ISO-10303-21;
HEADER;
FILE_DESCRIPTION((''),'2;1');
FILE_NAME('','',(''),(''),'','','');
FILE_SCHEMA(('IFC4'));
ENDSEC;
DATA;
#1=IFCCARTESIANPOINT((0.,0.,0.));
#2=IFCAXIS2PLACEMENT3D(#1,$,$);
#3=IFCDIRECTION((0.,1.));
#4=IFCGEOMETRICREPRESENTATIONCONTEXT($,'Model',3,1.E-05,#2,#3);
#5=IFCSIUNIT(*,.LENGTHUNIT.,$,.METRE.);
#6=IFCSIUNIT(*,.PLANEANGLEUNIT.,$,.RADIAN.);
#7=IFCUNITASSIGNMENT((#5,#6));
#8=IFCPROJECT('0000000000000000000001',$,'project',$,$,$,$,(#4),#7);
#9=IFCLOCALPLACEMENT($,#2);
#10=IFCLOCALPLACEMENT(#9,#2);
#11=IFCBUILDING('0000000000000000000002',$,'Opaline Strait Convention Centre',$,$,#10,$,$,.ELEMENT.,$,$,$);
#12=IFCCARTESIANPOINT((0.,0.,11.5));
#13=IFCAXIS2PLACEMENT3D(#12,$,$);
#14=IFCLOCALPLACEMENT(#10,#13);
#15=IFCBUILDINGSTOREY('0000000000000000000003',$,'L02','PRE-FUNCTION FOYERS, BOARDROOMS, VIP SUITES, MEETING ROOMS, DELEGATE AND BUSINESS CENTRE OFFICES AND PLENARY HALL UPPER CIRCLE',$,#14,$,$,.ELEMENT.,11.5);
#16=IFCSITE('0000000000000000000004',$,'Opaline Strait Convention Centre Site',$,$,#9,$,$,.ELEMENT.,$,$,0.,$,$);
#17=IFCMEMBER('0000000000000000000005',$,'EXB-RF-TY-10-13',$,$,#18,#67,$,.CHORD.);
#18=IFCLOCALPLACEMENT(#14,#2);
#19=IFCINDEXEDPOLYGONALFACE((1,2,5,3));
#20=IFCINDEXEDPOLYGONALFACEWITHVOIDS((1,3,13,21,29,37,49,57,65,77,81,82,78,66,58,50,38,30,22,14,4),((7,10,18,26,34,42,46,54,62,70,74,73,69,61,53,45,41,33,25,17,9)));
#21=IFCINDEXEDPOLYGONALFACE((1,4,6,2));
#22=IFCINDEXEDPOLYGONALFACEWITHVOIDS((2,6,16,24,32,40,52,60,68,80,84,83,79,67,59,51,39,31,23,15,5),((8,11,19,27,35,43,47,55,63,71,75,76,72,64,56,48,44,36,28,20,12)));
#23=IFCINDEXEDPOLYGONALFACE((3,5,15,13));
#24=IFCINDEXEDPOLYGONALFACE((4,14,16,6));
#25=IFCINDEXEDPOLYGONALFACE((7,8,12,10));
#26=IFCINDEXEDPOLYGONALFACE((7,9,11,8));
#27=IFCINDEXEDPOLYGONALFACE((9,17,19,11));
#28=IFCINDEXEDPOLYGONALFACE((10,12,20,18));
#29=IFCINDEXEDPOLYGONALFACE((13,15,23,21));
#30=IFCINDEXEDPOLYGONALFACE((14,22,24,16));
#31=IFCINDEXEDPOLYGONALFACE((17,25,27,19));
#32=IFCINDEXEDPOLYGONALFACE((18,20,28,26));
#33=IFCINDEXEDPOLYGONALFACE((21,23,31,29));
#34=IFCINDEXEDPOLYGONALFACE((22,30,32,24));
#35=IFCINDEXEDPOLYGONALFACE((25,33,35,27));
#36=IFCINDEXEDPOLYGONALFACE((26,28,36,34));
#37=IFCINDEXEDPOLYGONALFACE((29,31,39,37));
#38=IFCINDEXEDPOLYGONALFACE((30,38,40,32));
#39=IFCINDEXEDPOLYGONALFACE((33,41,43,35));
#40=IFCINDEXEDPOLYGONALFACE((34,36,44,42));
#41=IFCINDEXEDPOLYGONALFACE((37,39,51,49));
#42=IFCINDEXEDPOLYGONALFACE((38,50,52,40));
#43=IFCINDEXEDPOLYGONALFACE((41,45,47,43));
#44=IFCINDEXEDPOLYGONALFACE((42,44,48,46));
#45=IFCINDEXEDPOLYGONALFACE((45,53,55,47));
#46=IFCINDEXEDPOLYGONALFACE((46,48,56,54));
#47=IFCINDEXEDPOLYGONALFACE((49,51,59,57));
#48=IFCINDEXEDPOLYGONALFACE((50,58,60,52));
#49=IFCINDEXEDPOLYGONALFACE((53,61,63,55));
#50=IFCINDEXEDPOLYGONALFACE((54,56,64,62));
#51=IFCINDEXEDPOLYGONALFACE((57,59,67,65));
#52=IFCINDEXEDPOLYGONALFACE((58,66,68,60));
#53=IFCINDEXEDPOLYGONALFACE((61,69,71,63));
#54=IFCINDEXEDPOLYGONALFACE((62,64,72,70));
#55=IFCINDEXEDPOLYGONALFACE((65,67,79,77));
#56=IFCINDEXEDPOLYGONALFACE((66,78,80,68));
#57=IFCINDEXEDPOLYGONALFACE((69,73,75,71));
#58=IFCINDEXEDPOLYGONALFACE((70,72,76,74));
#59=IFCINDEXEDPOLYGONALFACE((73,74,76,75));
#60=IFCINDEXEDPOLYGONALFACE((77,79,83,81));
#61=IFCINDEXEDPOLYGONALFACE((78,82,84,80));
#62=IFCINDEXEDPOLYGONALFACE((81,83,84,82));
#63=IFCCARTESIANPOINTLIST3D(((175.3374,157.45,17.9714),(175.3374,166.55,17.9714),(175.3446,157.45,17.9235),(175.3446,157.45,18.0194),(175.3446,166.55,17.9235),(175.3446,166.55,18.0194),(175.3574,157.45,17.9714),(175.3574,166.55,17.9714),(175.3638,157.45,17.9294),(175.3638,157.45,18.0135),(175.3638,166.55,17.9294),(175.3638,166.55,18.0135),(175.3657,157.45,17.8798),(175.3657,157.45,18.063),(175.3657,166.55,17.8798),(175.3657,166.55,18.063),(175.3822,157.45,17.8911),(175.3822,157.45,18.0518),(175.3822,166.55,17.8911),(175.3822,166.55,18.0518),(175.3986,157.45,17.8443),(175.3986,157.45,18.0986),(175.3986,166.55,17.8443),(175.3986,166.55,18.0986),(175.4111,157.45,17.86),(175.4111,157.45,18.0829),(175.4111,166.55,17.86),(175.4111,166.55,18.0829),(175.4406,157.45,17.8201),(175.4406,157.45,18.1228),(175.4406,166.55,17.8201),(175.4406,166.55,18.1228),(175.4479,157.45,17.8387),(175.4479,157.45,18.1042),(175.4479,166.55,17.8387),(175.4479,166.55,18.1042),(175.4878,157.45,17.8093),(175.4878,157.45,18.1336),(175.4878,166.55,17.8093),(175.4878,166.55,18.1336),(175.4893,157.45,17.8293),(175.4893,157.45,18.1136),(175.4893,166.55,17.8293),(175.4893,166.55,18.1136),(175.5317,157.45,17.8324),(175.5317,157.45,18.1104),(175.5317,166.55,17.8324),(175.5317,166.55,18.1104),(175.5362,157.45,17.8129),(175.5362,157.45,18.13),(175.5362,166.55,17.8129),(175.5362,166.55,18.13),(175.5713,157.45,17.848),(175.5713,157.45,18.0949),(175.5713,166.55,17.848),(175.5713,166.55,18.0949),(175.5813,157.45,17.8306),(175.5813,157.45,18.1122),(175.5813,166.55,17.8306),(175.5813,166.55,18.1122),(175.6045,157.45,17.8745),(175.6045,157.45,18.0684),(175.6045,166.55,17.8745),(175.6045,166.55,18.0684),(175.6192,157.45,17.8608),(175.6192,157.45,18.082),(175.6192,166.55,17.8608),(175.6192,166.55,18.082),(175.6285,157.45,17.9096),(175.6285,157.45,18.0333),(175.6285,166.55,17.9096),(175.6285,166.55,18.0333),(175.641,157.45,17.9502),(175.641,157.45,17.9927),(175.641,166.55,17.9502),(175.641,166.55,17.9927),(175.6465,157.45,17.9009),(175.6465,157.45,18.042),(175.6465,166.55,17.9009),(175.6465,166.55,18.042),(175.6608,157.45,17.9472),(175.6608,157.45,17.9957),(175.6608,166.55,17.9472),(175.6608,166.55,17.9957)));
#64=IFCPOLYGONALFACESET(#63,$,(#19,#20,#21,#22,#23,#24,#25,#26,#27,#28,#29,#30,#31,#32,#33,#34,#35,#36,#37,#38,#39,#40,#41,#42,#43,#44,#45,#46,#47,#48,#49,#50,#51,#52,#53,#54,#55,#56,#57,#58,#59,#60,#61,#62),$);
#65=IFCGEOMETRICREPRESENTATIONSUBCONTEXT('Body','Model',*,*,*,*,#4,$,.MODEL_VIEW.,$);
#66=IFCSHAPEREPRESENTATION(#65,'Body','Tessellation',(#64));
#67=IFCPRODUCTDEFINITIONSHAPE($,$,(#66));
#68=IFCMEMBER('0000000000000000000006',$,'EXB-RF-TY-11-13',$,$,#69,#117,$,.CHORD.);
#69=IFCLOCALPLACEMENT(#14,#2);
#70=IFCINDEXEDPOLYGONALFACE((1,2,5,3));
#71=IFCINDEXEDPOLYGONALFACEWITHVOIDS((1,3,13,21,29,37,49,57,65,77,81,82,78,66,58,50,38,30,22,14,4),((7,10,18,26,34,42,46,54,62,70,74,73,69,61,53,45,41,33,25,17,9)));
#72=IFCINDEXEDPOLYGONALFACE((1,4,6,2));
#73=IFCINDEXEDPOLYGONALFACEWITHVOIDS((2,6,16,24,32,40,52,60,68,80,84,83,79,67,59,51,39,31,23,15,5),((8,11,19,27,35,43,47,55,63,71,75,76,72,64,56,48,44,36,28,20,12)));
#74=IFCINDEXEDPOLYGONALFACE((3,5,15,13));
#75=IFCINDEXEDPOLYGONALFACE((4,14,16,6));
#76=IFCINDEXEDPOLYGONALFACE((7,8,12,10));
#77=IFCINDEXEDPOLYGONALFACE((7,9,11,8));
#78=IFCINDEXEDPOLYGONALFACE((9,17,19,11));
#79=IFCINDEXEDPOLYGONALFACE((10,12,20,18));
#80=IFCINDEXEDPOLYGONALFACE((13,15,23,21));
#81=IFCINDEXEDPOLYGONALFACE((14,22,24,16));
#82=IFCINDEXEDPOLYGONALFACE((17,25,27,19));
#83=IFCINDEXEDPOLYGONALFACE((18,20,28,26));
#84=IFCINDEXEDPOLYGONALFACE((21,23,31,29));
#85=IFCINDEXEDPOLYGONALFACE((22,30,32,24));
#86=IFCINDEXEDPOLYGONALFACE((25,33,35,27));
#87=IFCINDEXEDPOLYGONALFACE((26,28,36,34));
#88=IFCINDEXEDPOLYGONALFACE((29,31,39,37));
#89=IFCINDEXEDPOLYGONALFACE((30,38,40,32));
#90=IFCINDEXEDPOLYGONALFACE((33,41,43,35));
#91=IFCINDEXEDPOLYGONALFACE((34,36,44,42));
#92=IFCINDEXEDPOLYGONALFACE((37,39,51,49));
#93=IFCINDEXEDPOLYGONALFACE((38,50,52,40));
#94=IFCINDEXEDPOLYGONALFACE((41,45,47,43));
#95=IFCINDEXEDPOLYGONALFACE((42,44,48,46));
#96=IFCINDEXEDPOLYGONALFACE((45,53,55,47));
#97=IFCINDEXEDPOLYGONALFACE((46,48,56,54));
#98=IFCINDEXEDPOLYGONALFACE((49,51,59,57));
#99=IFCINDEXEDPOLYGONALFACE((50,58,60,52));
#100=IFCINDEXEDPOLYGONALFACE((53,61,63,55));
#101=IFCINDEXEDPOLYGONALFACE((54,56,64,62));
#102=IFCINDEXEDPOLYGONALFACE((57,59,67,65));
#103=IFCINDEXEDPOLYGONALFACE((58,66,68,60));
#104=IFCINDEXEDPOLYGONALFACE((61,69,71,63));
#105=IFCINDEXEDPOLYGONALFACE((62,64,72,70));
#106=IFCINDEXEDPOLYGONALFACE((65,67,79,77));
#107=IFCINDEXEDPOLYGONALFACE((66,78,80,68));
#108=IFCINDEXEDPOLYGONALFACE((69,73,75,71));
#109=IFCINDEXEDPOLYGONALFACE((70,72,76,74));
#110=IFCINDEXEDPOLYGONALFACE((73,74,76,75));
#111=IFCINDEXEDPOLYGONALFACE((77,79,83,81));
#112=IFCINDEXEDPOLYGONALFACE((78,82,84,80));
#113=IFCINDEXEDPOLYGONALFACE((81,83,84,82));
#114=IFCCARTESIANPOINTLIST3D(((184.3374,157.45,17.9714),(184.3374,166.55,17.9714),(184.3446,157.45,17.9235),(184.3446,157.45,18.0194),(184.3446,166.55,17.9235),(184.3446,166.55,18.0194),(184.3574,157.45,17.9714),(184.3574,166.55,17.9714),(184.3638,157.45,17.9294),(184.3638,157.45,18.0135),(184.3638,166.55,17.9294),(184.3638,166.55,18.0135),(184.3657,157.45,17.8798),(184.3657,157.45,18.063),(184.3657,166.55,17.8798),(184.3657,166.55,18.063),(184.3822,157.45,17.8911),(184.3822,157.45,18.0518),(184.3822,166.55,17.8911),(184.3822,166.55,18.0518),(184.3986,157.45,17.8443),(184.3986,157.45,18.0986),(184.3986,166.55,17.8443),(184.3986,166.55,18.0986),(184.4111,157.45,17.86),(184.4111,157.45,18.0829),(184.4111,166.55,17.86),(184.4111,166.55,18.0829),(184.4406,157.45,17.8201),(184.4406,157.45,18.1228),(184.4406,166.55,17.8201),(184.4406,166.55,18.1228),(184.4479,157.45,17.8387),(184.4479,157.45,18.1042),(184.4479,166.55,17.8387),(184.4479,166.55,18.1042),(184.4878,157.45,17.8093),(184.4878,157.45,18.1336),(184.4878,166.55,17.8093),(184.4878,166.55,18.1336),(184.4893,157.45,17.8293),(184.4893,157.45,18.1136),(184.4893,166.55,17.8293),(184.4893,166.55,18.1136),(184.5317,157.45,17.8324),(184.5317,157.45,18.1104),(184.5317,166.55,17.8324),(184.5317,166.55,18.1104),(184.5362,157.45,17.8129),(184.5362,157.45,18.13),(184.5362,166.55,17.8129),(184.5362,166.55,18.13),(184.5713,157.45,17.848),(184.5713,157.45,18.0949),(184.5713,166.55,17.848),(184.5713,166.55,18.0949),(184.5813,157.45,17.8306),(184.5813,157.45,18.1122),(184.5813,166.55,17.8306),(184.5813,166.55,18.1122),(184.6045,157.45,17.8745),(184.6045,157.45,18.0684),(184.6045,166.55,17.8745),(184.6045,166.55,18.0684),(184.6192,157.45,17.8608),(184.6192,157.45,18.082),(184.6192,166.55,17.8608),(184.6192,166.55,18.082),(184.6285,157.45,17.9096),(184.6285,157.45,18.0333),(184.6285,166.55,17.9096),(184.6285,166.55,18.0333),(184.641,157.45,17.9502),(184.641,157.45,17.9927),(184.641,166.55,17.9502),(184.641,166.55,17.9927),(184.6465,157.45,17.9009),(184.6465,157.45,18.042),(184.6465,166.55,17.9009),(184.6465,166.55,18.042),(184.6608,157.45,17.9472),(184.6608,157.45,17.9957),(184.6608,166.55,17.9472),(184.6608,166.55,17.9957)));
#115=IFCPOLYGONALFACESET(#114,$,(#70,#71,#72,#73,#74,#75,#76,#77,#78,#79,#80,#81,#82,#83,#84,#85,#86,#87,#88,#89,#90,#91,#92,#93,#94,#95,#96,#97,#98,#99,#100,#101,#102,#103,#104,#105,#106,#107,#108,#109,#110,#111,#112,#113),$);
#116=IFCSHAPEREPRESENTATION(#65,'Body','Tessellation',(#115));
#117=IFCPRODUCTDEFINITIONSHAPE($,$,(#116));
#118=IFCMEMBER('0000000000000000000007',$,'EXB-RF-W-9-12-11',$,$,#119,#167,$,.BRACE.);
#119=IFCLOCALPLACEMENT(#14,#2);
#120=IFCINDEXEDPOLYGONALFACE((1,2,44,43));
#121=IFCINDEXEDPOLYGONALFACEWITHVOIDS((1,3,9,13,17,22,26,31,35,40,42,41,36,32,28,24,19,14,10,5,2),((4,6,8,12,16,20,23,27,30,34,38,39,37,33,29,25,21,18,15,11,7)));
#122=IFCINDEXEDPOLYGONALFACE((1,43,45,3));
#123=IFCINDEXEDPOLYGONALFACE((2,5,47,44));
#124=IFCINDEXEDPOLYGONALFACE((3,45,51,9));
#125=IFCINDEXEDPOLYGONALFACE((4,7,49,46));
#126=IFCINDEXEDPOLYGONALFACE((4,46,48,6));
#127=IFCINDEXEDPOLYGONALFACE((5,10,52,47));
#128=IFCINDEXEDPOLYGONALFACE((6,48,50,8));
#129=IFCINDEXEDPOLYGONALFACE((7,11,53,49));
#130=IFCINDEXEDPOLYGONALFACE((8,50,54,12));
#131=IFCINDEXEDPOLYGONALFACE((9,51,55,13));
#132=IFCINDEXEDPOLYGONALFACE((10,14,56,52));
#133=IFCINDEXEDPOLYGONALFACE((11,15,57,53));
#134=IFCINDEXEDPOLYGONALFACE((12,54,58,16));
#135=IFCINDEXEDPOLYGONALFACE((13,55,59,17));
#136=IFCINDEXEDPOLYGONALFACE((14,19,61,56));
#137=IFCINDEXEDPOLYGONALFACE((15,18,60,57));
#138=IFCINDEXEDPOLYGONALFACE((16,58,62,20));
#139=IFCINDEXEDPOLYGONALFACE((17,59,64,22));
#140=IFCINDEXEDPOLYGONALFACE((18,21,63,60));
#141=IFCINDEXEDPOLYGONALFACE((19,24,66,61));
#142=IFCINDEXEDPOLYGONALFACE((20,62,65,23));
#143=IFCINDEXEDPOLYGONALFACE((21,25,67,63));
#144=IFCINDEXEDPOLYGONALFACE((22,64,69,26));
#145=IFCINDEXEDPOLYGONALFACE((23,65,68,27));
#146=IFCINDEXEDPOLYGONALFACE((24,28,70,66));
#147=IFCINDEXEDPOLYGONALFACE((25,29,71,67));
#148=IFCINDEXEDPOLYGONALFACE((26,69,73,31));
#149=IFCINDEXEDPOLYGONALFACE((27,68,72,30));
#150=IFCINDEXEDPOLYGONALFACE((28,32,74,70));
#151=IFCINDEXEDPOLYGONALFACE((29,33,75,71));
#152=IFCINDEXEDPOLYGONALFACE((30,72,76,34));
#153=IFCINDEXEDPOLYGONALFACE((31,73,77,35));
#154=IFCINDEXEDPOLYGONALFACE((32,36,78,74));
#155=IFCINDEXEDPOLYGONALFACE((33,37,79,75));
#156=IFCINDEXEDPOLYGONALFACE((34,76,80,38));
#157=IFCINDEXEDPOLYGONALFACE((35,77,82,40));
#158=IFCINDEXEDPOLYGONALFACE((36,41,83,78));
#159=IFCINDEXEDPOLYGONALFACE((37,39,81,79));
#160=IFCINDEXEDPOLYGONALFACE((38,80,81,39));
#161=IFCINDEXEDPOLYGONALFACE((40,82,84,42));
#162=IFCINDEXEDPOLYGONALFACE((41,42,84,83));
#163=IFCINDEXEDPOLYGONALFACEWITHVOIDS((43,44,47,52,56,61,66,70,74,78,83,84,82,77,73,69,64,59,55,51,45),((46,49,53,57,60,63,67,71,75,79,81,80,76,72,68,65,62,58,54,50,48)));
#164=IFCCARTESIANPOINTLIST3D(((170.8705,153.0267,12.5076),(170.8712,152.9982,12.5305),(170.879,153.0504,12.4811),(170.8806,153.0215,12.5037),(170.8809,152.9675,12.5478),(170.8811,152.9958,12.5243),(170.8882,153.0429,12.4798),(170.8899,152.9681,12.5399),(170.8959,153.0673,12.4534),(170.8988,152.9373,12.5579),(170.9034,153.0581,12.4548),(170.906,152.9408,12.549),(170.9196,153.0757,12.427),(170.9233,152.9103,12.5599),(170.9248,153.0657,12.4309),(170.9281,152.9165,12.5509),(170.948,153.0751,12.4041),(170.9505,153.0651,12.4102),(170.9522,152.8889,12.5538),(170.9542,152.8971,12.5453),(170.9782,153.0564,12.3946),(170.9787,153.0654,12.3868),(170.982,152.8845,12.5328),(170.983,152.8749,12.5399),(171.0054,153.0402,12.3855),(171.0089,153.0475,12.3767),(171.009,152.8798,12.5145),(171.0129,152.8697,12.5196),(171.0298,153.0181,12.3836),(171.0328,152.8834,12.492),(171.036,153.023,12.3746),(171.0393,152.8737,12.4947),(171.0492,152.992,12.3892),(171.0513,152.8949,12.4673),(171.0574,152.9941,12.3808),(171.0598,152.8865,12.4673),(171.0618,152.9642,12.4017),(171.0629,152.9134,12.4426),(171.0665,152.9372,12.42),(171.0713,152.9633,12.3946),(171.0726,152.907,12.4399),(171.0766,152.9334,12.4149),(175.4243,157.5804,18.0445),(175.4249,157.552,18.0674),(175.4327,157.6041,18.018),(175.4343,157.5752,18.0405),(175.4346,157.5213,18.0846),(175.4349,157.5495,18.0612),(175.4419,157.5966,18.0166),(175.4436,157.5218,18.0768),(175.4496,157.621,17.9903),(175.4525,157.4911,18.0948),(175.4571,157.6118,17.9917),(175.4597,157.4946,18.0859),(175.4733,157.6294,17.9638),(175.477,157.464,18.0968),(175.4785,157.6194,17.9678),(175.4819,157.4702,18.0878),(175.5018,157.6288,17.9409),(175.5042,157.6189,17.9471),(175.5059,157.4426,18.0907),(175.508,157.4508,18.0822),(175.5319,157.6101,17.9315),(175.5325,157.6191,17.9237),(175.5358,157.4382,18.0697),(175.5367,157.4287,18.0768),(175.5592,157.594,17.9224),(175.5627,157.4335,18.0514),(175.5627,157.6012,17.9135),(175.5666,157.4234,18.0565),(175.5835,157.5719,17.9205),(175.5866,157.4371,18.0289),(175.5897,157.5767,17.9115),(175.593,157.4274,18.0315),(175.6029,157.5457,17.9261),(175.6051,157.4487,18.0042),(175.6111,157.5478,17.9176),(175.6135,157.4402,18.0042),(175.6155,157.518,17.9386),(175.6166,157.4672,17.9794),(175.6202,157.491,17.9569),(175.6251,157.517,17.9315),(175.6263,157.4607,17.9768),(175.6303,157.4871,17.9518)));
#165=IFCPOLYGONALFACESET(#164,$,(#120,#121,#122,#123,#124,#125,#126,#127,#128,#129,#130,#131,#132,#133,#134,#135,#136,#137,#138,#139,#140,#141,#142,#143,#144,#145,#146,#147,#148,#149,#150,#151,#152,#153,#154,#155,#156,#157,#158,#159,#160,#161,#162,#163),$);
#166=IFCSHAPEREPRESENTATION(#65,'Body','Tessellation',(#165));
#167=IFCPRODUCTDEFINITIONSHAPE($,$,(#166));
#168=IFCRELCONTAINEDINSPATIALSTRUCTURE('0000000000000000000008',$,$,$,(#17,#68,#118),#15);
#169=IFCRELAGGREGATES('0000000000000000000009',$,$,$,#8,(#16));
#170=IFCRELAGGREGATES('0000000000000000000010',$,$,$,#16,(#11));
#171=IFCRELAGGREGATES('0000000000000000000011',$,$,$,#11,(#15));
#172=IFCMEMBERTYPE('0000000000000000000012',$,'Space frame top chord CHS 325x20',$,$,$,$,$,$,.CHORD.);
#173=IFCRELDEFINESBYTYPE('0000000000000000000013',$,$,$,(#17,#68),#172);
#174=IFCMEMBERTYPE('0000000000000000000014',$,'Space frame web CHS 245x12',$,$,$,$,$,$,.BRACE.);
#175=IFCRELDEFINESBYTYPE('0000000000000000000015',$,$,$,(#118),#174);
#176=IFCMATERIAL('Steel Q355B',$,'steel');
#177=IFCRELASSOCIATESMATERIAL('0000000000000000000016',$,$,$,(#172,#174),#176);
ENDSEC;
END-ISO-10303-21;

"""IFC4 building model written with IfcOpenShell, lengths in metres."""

from ifc_helpers import new_model, si_unit, direction, frame, origin, origin_2d, place, context, subcontext, project, spatial, hollow_circle, extrude, material, material_profile, profile_set, type_object, element, save


model = new_model("IFC4")

# Units and contexts
model_context = context("Model", 3, precision=1e-05, world=origin(), true_north=direction((0.0, 1.0)))
body_context = subcontext(model_context, "Body", "Model", "MODEL_VIEW")
ifc_project = project(units=[si_unit("LENGTHUNIT", "METRE"), si_unit("PLANEANGLEUNIT", "RADIAN")], contexts=[model_context])

# Site, building, storey
site_placement = place(None, origin())
site = spatial("IfcSite", under=ifc_project, at=site_placement, Name="Opaline Strait Convention Centre Site", CompositionType="ELEMENT", RefElevation=0.0)
building_placement = place(site_placement, origin())
building = spatial("IfcBuilding", under=site, at=building_placement, Name="Opaline Strait Convention Centre", CompositionType="ELEMENT")
storey_placement = place(building_placement, frame((0.0, 0.0, 11.5)))
storey = spatial("IfcBuildingStorey", under=building, at=storey_placement, Name="L02", Description="PRE-FUNCTION FOYERS, BOARDROOMS, VIP SUITES, MEETING ROOMS, DELEGATE AND BUSINESS CENTRE OFFICES AND PLENARY HALL UPPER CIRCLE", CompositionType="ELEMENT", Elevation=11.5)

# Members
ifc_material_1 = material(Name="Steel Q355B", Category="steel")
ifc_material_profile_1 = material_profile(ifc_material_1, hollow_circle(Radius=0.1626, WallThickness=0.02, at=origin_2d()), Name="CHS 325x20")
ifc_profile_set_1 = profile_set([ifc_material_profile_1], Name="Steel Q355B")
member_type_1 = type_object("IfcMemberType", Name="Space frame top chord CHS 325x20", PredefinedType="CHORD", material=ifc_profile_set_1)
for number, where, z_axis, x_axis, name in (
    (1, (175.5, 157.45, 17.9714), (0.0, 1.0, 0.0), (-1.0, 0.0, 0.0), "EXB-RF-TY-10-13"),
    (2, (184.5, 157.45, 17.9714), (0.0, 1.0, 0.0), (-1.0, 0.0, 0.0), "EXB-RF-TY-11-13"),
):
    element("IfcMember", number, at=place(storey_placement, frame(where, z_axis=z_axis, x_axis=x_axis)), inside=storey, type_object=member_type_1, Name=name, PredefinedType="CHORD", context=body_context, shape_type="SweptSolid", body=[
        extrude(hollow_circle(Radius=0.1626, WallThickness=0.02, at=origin_2d()), origin(), (0.0, 0.0, 1.0), 9.1001),
    ])
ifc_material_profile_2 = material_profile(ifc_material_1, hollow_circle(Radius=0.1226, WallThickness=0.012, at=origin_2d()), Name="CHS 245x12")
ifc_profile_set_2 = profile_set([ifc_material_profile_2], Name="Steel Q355B")
member_type_2 = type_object("IfcMemberType", Name="Space frame web CHS 245x12", PredefinedType="BRACE", material=ifc_profile_set_2)
for number, where, z_axis, x_axis, name in (
    (3, (175.5269, 157.5269, 18.0042), (-0.536178, -0.536178, -0.65194), (0.707107, -0.707107, 0.0), "EXB-RF-W-9-12-11"),
):
    element("IfcMember", number, at=place(storey_placement, frame(where, z_axis=z_axis, x_axis=x_axis)), inside=storey, type_object=member_type_2, Name=name, PredefinedType="BRACE", context=body_context, shape_type="SweptSolid", body=[
        extrude(hollow_circle(Radius=0.1226, WallThickness=0.012, at=origin_2d()), origin(), (0.0, 0.0, 1.0), 8.4929),
    ])

save(model, "model.ifc")
